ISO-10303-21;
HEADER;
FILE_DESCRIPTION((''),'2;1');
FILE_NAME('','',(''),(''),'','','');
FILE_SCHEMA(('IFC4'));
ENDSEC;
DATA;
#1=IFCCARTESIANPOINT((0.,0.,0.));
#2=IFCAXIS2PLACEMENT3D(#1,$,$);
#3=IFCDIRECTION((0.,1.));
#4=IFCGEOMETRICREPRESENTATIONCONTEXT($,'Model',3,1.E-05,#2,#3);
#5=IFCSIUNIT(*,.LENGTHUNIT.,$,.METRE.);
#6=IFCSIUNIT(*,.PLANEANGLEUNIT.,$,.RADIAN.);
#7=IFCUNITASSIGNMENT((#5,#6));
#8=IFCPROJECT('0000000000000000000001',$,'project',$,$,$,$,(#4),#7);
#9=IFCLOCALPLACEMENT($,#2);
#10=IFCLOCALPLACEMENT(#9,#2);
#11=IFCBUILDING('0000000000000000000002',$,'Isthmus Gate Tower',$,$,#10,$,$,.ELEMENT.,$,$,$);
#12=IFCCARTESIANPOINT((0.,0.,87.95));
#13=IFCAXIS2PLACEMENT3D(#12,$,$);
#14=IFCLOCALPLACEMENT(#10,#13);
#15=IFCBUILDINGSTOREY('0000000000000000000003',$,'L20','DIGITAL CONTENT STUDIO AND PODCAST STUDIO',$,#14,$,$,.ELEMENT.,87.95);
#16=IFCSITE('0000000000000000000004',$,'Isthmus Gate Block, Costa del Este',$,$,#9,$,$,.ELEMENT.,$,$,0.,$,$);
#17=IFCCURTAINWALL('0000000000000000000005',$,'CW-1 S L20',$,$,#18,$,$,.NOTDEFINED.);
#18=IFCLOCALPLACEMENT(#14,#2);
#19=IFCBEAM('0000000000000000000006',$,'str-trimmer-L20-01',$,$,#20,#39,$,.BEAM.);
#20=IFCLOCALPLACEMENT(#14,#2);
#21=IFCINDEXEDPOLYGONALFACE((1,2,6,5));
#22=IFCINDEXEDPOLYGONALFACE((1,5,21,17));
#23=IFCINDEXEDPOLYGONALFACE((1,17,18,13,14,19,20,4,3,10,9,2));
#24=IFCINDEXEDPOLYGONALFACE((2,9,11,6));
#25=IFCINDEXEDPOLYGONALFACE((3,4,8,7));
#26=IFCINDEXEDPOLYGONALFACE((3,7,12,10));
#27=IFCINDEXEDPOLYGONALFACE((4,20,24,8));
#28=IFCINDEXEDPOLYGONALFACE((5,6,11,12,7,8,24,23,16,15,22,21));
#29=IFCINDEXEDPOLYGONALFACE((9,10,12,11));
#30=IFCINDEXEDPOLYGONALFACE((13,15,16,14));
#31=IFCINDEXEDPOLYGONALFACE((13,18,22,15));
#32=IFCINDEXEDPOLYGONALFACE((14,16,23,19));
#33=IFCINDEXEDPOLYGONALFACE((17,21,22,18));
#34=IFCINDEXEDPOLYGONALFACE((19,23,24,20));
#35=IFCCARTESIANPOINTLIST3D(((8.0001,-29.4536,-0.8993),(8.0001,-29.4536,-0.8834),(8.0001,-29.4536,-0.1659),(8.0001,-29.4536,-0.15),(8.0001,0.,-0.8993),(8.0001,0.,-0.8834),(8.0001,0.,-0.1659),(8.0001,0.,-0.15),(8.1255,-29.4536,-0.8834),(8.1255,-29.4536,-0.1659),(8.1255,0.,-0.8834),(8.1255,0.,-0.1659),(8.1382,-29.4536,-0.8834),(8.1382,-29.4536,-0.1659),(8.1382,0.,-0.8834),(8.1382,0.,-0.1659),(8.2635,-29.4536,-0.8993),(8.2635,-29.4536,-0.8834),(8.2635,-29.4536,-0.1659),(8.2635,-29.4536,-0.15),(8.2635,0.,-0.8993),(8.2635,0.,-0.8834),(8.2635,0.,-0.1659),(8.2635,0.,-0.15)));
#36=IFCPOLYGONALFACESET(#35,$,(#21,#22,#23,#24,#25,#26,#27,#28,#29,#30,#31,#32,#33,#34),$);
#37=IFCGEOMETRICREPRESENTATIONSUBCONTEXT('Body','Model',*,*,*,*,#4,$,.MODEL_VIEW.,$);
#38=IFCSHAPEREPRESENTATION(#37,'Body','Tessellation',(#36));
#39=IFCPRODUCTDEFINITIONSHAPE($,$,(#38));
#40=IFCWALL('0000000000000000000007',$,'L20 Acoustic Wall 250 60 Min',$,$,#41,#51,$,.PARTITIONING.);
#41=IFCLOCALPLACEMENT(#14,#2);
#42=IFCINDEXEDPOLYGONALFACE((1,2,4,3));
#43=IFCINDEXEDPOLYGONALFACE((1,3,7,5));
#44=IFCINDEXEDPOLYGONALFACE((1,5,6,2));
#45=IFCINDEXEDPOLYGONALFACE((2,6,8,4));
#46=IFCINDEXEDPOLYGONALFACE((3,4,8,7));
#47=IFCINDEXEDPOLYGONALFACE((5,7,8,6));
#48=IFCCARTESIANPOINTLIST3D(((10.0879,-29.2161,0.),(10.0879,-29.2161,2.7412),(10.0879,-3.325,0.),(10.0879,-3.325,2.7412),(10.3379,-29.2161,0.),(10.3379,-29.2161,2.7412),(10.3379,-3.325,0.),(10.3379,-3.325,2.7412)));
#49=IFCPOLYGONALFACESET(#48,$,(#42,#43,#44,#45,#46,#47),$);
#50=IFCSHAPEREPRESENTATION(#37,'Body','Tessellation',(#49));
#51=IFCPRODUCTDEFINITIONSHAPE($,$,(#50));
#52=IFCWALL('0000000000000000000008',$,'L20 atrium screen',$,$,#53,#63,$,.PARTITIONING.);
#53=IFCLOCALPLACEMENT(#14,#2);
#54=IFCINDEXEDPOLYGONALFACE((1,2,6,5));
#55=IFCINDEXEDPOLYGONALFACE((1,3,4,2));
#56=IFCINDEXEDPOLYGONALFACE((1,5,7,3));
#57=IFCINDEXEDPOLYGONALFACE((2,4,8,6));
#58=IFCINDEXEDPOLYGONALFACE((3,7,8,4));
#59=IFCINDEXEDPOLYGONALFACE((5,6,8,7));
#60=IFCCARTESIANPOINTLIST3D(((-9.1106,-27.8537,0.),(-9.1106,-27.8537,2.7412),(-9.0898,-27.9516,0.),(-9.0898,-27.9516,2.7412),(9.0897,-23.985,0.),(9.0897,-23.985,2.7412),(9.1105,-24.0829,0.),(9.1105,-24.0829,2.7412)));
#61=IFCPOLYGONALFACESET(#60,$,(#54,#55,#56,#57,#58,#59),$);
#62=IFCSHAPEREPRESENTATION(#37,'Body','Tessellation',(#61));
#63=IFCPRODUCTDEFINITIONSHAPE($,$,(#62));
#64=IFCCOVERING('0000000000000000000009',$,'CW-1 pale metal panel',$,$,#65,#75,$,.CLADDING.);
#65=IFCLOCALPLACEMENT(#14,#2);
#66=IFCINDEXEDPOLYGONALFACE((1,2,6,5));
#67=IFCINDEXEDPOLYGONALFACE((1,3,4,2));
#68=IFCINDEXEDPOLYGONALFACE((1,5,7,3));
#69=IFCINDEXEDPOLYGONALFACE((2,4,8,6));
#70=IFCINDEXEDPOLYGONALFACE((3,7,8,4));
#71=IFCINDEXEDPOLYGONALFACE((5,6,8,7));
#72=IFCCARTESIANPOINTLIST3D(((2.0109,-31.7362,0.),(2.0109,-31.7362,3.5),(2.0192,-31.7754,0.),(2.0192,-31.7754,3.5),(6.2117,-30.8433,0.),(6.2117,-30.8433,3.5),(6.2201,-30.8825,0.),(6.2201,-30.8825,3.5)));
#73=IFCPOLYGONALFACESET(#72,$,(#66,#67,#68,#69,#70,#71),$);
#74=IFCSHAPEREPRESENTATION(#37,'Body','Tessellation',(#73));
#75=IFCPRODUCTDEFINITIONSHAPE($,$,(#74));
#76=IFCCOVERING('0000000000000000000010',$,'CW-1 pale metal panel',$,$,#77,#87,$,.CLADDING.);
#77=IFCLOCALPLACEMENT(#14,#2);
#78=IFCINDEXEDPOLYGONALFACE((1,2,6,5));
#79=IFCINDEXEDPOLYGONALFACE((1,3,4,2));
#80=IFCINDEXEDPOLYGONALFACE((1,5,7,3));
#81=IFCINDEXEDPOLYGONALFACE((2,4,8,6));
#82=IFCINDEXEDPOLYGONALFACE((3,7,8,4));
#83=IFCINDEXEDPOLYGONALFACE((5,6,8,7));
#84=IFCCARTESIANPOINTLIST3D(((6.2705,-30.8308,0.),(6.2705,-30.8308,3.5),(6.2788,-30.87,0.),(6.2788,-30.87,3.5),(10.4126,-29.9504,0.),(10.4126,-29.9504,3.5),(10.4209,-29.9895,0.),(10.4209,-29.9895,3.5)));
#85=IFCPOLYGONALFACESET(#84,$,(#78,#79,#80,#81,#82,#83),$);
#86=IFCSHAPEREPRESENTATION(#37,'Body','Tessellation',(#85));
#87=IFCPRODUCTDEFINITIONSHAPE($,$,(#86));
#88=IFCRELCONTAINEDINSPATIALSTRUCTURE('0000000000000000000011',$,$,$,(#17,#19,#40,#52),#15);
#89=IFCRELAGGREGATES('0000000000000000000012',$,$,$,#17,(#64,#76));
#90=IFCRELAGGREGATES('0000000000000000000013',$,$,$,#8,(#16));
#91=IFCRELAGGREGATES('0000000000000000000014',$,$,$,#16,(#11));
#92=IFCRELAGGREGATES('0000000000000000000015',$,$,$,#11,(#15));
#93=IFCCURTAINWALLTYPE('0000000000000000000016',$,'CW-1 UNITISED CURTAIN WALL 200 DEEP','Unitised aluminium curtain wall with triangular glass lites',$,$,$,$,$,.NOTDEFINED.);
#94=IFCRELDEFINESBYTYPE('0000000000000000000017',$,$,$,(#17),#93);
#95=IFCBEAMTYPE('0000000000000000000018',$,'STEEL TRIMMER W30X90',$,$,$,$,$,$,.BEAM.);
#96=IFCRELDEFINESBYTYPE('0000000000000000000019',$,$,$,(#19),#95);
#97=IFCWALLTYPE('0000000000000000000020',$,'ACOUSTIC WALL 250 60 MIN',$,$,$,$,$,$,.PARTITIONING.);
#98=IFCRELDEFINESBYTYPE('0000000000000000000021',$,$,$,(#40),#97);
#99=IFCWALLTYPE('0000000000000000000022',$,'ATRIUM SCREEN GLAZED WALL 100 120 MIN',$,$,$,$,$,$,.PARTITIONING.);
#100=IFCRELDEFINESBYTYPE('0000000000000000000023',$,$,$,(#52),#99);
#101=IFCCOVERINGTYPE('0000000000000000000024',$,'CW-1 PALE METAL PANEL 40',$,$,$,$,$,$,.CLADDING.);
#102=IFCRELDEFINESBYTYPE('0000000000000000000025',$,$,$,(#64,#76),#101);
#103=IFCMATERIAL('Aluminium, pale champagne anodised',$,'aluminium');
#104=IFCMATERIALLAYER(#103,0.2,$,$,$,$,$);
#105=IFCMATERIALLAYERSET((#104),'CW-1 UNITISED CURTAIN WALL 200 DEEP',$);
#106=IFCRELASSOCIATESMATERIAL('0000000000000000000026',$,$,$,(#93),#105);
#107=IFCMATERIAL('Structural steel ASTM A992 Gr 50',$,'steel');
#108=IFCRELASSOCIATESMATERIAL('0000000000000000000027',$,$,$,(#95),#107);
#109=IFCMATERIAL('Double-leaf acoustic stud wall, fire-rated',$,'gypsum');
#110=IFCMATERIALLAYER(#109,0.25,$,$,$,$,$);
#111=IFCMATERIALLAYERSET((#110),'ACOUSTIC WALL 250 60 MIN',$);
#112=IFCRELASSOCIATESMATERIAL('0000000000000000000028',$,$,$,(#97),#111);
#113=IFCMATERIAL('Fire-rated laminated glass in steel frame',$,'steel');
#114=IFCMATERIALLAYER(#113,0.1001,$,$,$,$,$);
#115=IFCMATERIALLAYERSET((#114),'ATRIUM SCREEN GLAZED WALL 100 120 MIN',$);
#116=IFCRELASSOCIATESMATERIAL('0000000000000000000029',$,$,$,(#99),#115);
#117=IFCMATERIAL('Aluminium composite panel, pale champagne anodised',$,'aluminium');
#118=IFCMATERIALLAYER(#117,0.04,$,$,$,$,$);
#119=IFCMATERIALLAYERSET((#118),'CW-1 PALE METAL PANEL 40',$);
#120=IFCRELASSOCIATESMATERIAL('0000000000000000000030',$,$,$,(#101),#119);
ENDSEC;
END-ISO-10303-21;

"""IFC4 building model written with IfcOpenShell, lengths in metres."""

from ifc_helpers import new_model, si_unit, direction, frame, frame_2d, origin, origin_2d, place, context, subcontext, project, spatial, rectangle, i_section, extrude, material, layer, layer_set, material_profile, profile_set, type_object, element, aggregate, save


model = new_model("IFC4")

# Units and contexts
model_context = context("Model", 3, precision=1e-05, world=origin(), true_north=direction((0.0, 1.0)))
body_context = subcontext(model_context, "Body", "Model", "MODEL_VIEW")
ifc_project = project(units=[si_unit("LENGTHUNIT", "METRE"), si_unit("PLANEANGLEUNIT", "RADIAN")], contexts=[model_context])

# Site, building, storey
site_placement = place(None, origin())
site = spatial("IfcSite", under=ifc_project, at=site_placement, Name="Isthmus Gate Block, Costa del Este", CompositionType="ELEMENT", RefElevation=0.0)
building_placement = place(site_placement, origin())
building = spatial("IfcBuilding", under=site, at=building_placement, Name="Isthmus Gate Tower", CompositionType="ELEMENT")
storey_placement = place(building_placement, frame((0.0, 0.0, 87.95)))
storey = spatial("IfcBuildingStorey", under=building, at=storey_placement, Name="L20", Description="DIGITAL CONTENT STUDIO AND PODCAST STUDIO", CompositionType="ELEMENT", Elevation=87.95)

# Curtain wall
ifc_material_1 = material(Name="Aluminium, pale champagne anodised", Category="aluminium")
ifc_layer_1 = layer(ifc_material_1, 0.2)
ifc_layer_set_1 = layer_set([ifc_layer_1], Name="CW-1 UNITISED CURTAIN WALL 200 DEEP")
curtain_wall_type = type_object("IfcCurtainWallType", Name="CW-1 UNITISED CURTAIN WALL 200 DEEP", Description="Unitised aluminium curtain wall with triangular glass lites", PredefinedType="NOTDEFINED", material=ifc_layer_set_1)
curtain_wall_placement = place(storey_placement, origin())
curtain_wall = element("IfcCurtainWall", 1, at=curtain_wall_placement, inside=storey, type_object=curtain_wall_type, Name="CW-1 S L20", PredefinedType="NOTDEFINED")

# Beam
ifc_material_2 = material(Name="Structural steel ASTM A992 Gr 50", Category="steel")
ifc_material_profile_1 = material_profile(ifc_material_2, i_section(OverallWidth=0.2634, OverallDepth=0.7493, WebThickness=0.0127, FlangeThickness=0.0159, at=origin_2d()), Name="W30X90")
ifc_profile_set_1 = profile_set([ifc_material_profile_1], Name="Structural steel ASTM A992 Gr 50")
beam_type_1 = type_object("IfcBeamType", Name="STEEL TRIMMER W30X90", PredefinedType="BEAM", material=ifc_profile_set_1)
beam_1_placement = place(storey_placement, frame((8.1318, -29.4536, -0.5247), z_axis=(0.0, 1.0, 0.0), x_axis=(-1.0, 0.0, 0.0)))
element("IfcBeam", 2, at=beam_1_placement, inside=storey, type_object=beam_type_1, Name="str-trimmer-L20-01", PredefinedType="BEAM", context=body_context, shape_type="SweptSolid", body=[
    extrude(i_section(OverallWidth=0.2634, OverallDepth=0.7493, WebThickness=0.0127, FlangeThickness=0.0159, at=origin_2d()), origin(), (0.0, 0.0, 1.0), 29.4536),
])

# Walls
ifc_material_3 = material(Name="Double-leaf acoustic stud wall, fire-rated", Category="gypsum")
ifc_layer_2 = layer(ifc_material_3, 0.25)
ifc_layer_set_2 = layer_set([ifc_layer_2], Name="ACOUSTIC WALL 250 60 MIN")
wall_type_1 = type_object("IfcWallType", Name="ACOUSTIC WALL 250 60 MIN", PredefinedType="PARTITIONING", material=ifc_layer_set_2)
wall_1_placement = place(storey_placement, frame((10.2129, -29.2161, 0.0), z_axis=(0.0, 0.0, 1.0), x_axis=(0.0, 1.0, 0.0)))
element("IfcWall", 3, at=wall_1_placement, inside=storey, type_object=wall_type_1, Name="L20 Acoustic Wall 250 60 Min", PredefinedType="PARTITIONING", context=body_context, shape_type="SweptSolid", body=[
    extrude(rectangle(XDim=25.8911, YDim=0.25, at=frame_2d((12.9456, 0.0))), origin(), (0.0, 0.0, 1.0), 2.7412),
])
ifc_material_4 = material(Name="Fire-rated laminated glass in steel frame", Category="steel")
ifc_layer_3 = layer(ifc_material_4, 0.1001)
ifc_layer_set_3 = layer_set([ifc_layer_3], Name="ATRIUM SCREEN GLAZED WALL 100 120 MIN")
wall_type_2 = type_object("IfcWallType", Name="ATRIUM SCREEN GLAZED WALL 100 120 MIN", PredefinedType="PARTITIONING", material=ifc_layer_set_3)
wall_2_placement = place(storey_placement, frame((9.1001, -24.0339, 0.0), z_axis=(0.0, 0.0, 1.0), x_axis=(-0.978147, -0.207916, 0.0)))
element("IfcWall", 4, at=wall_2_placement, inside=storey, type_object=wall_type_2, Name="L20 atrium screen", PredefinedType="PARTITIONING", context=body_context, shape_type="SweptSolid", body=[
    extrude(rectangle(XDim=18.6069, YDim=0.1001, at=frame_2d((9.3035, 0.0))), origin(), (0.0, 0.0, 1.0), 2.7412),
])

# Coverings
ifc_material_5 = material(Name="Aluminium composite panel, pale champagne anodised", Category="aluminium")
ifc_layer_4 = layer(ifc_material_5, 0.04)
ifc_layer_set_4 = layer_set([ifc_layer_4], Name="CW-1 PALE METAL PANEL 40")
covering_type = type_object("IfcCoveringType", Name="CW-1 PALE METAL PANEL 40", PredefinedType="CLADDING", material=ifc_layer_set_4)
covering_1_placement = place(storey_placement, frame((4.1155, -31.3093, 0.0), z_axis=(0.0, 0.0, 1.0), x_axis=(0.978148, 0.207912, 0.0)))
covering_1 = element("IfcCovering", 5, at=covering_1_placement, type_object=covering_type, Name="CW-1 pale metal panel", PredefinedType="CLADDING", context=body_context, shape_type="SweptSolid", body=[
    extrude(rectangle(XDim=4.2947, YDim=0.04, at=origin_2d()), origin(), (0.0, 0.0, 1.0), 3.5),
])
covering_2_placement = place(storey_placement, frame((8.3457, -30.4102, 0.0), z_axis=(0.0, 0.0, 1.0), x_axis=(0.978148, 0.207912, 0.0)))
covering_2 = element("IfcCovering", 6, at=covering_2_placement, type_object=covering_type, Name="CW-1 pale metal panel", PredefinedType="CLADDING", context=body_context, shape_type="SweptSolid", body=[
    extrude(rectangle(XDim=4.2346, YDim=0.04, at=origin_2d()), origin(), (0.0, 0.0, 1.0), 3.5),
])
aggregate(curtain_wall, [covering_1, covering_2])

save(model, "model.ifc")
